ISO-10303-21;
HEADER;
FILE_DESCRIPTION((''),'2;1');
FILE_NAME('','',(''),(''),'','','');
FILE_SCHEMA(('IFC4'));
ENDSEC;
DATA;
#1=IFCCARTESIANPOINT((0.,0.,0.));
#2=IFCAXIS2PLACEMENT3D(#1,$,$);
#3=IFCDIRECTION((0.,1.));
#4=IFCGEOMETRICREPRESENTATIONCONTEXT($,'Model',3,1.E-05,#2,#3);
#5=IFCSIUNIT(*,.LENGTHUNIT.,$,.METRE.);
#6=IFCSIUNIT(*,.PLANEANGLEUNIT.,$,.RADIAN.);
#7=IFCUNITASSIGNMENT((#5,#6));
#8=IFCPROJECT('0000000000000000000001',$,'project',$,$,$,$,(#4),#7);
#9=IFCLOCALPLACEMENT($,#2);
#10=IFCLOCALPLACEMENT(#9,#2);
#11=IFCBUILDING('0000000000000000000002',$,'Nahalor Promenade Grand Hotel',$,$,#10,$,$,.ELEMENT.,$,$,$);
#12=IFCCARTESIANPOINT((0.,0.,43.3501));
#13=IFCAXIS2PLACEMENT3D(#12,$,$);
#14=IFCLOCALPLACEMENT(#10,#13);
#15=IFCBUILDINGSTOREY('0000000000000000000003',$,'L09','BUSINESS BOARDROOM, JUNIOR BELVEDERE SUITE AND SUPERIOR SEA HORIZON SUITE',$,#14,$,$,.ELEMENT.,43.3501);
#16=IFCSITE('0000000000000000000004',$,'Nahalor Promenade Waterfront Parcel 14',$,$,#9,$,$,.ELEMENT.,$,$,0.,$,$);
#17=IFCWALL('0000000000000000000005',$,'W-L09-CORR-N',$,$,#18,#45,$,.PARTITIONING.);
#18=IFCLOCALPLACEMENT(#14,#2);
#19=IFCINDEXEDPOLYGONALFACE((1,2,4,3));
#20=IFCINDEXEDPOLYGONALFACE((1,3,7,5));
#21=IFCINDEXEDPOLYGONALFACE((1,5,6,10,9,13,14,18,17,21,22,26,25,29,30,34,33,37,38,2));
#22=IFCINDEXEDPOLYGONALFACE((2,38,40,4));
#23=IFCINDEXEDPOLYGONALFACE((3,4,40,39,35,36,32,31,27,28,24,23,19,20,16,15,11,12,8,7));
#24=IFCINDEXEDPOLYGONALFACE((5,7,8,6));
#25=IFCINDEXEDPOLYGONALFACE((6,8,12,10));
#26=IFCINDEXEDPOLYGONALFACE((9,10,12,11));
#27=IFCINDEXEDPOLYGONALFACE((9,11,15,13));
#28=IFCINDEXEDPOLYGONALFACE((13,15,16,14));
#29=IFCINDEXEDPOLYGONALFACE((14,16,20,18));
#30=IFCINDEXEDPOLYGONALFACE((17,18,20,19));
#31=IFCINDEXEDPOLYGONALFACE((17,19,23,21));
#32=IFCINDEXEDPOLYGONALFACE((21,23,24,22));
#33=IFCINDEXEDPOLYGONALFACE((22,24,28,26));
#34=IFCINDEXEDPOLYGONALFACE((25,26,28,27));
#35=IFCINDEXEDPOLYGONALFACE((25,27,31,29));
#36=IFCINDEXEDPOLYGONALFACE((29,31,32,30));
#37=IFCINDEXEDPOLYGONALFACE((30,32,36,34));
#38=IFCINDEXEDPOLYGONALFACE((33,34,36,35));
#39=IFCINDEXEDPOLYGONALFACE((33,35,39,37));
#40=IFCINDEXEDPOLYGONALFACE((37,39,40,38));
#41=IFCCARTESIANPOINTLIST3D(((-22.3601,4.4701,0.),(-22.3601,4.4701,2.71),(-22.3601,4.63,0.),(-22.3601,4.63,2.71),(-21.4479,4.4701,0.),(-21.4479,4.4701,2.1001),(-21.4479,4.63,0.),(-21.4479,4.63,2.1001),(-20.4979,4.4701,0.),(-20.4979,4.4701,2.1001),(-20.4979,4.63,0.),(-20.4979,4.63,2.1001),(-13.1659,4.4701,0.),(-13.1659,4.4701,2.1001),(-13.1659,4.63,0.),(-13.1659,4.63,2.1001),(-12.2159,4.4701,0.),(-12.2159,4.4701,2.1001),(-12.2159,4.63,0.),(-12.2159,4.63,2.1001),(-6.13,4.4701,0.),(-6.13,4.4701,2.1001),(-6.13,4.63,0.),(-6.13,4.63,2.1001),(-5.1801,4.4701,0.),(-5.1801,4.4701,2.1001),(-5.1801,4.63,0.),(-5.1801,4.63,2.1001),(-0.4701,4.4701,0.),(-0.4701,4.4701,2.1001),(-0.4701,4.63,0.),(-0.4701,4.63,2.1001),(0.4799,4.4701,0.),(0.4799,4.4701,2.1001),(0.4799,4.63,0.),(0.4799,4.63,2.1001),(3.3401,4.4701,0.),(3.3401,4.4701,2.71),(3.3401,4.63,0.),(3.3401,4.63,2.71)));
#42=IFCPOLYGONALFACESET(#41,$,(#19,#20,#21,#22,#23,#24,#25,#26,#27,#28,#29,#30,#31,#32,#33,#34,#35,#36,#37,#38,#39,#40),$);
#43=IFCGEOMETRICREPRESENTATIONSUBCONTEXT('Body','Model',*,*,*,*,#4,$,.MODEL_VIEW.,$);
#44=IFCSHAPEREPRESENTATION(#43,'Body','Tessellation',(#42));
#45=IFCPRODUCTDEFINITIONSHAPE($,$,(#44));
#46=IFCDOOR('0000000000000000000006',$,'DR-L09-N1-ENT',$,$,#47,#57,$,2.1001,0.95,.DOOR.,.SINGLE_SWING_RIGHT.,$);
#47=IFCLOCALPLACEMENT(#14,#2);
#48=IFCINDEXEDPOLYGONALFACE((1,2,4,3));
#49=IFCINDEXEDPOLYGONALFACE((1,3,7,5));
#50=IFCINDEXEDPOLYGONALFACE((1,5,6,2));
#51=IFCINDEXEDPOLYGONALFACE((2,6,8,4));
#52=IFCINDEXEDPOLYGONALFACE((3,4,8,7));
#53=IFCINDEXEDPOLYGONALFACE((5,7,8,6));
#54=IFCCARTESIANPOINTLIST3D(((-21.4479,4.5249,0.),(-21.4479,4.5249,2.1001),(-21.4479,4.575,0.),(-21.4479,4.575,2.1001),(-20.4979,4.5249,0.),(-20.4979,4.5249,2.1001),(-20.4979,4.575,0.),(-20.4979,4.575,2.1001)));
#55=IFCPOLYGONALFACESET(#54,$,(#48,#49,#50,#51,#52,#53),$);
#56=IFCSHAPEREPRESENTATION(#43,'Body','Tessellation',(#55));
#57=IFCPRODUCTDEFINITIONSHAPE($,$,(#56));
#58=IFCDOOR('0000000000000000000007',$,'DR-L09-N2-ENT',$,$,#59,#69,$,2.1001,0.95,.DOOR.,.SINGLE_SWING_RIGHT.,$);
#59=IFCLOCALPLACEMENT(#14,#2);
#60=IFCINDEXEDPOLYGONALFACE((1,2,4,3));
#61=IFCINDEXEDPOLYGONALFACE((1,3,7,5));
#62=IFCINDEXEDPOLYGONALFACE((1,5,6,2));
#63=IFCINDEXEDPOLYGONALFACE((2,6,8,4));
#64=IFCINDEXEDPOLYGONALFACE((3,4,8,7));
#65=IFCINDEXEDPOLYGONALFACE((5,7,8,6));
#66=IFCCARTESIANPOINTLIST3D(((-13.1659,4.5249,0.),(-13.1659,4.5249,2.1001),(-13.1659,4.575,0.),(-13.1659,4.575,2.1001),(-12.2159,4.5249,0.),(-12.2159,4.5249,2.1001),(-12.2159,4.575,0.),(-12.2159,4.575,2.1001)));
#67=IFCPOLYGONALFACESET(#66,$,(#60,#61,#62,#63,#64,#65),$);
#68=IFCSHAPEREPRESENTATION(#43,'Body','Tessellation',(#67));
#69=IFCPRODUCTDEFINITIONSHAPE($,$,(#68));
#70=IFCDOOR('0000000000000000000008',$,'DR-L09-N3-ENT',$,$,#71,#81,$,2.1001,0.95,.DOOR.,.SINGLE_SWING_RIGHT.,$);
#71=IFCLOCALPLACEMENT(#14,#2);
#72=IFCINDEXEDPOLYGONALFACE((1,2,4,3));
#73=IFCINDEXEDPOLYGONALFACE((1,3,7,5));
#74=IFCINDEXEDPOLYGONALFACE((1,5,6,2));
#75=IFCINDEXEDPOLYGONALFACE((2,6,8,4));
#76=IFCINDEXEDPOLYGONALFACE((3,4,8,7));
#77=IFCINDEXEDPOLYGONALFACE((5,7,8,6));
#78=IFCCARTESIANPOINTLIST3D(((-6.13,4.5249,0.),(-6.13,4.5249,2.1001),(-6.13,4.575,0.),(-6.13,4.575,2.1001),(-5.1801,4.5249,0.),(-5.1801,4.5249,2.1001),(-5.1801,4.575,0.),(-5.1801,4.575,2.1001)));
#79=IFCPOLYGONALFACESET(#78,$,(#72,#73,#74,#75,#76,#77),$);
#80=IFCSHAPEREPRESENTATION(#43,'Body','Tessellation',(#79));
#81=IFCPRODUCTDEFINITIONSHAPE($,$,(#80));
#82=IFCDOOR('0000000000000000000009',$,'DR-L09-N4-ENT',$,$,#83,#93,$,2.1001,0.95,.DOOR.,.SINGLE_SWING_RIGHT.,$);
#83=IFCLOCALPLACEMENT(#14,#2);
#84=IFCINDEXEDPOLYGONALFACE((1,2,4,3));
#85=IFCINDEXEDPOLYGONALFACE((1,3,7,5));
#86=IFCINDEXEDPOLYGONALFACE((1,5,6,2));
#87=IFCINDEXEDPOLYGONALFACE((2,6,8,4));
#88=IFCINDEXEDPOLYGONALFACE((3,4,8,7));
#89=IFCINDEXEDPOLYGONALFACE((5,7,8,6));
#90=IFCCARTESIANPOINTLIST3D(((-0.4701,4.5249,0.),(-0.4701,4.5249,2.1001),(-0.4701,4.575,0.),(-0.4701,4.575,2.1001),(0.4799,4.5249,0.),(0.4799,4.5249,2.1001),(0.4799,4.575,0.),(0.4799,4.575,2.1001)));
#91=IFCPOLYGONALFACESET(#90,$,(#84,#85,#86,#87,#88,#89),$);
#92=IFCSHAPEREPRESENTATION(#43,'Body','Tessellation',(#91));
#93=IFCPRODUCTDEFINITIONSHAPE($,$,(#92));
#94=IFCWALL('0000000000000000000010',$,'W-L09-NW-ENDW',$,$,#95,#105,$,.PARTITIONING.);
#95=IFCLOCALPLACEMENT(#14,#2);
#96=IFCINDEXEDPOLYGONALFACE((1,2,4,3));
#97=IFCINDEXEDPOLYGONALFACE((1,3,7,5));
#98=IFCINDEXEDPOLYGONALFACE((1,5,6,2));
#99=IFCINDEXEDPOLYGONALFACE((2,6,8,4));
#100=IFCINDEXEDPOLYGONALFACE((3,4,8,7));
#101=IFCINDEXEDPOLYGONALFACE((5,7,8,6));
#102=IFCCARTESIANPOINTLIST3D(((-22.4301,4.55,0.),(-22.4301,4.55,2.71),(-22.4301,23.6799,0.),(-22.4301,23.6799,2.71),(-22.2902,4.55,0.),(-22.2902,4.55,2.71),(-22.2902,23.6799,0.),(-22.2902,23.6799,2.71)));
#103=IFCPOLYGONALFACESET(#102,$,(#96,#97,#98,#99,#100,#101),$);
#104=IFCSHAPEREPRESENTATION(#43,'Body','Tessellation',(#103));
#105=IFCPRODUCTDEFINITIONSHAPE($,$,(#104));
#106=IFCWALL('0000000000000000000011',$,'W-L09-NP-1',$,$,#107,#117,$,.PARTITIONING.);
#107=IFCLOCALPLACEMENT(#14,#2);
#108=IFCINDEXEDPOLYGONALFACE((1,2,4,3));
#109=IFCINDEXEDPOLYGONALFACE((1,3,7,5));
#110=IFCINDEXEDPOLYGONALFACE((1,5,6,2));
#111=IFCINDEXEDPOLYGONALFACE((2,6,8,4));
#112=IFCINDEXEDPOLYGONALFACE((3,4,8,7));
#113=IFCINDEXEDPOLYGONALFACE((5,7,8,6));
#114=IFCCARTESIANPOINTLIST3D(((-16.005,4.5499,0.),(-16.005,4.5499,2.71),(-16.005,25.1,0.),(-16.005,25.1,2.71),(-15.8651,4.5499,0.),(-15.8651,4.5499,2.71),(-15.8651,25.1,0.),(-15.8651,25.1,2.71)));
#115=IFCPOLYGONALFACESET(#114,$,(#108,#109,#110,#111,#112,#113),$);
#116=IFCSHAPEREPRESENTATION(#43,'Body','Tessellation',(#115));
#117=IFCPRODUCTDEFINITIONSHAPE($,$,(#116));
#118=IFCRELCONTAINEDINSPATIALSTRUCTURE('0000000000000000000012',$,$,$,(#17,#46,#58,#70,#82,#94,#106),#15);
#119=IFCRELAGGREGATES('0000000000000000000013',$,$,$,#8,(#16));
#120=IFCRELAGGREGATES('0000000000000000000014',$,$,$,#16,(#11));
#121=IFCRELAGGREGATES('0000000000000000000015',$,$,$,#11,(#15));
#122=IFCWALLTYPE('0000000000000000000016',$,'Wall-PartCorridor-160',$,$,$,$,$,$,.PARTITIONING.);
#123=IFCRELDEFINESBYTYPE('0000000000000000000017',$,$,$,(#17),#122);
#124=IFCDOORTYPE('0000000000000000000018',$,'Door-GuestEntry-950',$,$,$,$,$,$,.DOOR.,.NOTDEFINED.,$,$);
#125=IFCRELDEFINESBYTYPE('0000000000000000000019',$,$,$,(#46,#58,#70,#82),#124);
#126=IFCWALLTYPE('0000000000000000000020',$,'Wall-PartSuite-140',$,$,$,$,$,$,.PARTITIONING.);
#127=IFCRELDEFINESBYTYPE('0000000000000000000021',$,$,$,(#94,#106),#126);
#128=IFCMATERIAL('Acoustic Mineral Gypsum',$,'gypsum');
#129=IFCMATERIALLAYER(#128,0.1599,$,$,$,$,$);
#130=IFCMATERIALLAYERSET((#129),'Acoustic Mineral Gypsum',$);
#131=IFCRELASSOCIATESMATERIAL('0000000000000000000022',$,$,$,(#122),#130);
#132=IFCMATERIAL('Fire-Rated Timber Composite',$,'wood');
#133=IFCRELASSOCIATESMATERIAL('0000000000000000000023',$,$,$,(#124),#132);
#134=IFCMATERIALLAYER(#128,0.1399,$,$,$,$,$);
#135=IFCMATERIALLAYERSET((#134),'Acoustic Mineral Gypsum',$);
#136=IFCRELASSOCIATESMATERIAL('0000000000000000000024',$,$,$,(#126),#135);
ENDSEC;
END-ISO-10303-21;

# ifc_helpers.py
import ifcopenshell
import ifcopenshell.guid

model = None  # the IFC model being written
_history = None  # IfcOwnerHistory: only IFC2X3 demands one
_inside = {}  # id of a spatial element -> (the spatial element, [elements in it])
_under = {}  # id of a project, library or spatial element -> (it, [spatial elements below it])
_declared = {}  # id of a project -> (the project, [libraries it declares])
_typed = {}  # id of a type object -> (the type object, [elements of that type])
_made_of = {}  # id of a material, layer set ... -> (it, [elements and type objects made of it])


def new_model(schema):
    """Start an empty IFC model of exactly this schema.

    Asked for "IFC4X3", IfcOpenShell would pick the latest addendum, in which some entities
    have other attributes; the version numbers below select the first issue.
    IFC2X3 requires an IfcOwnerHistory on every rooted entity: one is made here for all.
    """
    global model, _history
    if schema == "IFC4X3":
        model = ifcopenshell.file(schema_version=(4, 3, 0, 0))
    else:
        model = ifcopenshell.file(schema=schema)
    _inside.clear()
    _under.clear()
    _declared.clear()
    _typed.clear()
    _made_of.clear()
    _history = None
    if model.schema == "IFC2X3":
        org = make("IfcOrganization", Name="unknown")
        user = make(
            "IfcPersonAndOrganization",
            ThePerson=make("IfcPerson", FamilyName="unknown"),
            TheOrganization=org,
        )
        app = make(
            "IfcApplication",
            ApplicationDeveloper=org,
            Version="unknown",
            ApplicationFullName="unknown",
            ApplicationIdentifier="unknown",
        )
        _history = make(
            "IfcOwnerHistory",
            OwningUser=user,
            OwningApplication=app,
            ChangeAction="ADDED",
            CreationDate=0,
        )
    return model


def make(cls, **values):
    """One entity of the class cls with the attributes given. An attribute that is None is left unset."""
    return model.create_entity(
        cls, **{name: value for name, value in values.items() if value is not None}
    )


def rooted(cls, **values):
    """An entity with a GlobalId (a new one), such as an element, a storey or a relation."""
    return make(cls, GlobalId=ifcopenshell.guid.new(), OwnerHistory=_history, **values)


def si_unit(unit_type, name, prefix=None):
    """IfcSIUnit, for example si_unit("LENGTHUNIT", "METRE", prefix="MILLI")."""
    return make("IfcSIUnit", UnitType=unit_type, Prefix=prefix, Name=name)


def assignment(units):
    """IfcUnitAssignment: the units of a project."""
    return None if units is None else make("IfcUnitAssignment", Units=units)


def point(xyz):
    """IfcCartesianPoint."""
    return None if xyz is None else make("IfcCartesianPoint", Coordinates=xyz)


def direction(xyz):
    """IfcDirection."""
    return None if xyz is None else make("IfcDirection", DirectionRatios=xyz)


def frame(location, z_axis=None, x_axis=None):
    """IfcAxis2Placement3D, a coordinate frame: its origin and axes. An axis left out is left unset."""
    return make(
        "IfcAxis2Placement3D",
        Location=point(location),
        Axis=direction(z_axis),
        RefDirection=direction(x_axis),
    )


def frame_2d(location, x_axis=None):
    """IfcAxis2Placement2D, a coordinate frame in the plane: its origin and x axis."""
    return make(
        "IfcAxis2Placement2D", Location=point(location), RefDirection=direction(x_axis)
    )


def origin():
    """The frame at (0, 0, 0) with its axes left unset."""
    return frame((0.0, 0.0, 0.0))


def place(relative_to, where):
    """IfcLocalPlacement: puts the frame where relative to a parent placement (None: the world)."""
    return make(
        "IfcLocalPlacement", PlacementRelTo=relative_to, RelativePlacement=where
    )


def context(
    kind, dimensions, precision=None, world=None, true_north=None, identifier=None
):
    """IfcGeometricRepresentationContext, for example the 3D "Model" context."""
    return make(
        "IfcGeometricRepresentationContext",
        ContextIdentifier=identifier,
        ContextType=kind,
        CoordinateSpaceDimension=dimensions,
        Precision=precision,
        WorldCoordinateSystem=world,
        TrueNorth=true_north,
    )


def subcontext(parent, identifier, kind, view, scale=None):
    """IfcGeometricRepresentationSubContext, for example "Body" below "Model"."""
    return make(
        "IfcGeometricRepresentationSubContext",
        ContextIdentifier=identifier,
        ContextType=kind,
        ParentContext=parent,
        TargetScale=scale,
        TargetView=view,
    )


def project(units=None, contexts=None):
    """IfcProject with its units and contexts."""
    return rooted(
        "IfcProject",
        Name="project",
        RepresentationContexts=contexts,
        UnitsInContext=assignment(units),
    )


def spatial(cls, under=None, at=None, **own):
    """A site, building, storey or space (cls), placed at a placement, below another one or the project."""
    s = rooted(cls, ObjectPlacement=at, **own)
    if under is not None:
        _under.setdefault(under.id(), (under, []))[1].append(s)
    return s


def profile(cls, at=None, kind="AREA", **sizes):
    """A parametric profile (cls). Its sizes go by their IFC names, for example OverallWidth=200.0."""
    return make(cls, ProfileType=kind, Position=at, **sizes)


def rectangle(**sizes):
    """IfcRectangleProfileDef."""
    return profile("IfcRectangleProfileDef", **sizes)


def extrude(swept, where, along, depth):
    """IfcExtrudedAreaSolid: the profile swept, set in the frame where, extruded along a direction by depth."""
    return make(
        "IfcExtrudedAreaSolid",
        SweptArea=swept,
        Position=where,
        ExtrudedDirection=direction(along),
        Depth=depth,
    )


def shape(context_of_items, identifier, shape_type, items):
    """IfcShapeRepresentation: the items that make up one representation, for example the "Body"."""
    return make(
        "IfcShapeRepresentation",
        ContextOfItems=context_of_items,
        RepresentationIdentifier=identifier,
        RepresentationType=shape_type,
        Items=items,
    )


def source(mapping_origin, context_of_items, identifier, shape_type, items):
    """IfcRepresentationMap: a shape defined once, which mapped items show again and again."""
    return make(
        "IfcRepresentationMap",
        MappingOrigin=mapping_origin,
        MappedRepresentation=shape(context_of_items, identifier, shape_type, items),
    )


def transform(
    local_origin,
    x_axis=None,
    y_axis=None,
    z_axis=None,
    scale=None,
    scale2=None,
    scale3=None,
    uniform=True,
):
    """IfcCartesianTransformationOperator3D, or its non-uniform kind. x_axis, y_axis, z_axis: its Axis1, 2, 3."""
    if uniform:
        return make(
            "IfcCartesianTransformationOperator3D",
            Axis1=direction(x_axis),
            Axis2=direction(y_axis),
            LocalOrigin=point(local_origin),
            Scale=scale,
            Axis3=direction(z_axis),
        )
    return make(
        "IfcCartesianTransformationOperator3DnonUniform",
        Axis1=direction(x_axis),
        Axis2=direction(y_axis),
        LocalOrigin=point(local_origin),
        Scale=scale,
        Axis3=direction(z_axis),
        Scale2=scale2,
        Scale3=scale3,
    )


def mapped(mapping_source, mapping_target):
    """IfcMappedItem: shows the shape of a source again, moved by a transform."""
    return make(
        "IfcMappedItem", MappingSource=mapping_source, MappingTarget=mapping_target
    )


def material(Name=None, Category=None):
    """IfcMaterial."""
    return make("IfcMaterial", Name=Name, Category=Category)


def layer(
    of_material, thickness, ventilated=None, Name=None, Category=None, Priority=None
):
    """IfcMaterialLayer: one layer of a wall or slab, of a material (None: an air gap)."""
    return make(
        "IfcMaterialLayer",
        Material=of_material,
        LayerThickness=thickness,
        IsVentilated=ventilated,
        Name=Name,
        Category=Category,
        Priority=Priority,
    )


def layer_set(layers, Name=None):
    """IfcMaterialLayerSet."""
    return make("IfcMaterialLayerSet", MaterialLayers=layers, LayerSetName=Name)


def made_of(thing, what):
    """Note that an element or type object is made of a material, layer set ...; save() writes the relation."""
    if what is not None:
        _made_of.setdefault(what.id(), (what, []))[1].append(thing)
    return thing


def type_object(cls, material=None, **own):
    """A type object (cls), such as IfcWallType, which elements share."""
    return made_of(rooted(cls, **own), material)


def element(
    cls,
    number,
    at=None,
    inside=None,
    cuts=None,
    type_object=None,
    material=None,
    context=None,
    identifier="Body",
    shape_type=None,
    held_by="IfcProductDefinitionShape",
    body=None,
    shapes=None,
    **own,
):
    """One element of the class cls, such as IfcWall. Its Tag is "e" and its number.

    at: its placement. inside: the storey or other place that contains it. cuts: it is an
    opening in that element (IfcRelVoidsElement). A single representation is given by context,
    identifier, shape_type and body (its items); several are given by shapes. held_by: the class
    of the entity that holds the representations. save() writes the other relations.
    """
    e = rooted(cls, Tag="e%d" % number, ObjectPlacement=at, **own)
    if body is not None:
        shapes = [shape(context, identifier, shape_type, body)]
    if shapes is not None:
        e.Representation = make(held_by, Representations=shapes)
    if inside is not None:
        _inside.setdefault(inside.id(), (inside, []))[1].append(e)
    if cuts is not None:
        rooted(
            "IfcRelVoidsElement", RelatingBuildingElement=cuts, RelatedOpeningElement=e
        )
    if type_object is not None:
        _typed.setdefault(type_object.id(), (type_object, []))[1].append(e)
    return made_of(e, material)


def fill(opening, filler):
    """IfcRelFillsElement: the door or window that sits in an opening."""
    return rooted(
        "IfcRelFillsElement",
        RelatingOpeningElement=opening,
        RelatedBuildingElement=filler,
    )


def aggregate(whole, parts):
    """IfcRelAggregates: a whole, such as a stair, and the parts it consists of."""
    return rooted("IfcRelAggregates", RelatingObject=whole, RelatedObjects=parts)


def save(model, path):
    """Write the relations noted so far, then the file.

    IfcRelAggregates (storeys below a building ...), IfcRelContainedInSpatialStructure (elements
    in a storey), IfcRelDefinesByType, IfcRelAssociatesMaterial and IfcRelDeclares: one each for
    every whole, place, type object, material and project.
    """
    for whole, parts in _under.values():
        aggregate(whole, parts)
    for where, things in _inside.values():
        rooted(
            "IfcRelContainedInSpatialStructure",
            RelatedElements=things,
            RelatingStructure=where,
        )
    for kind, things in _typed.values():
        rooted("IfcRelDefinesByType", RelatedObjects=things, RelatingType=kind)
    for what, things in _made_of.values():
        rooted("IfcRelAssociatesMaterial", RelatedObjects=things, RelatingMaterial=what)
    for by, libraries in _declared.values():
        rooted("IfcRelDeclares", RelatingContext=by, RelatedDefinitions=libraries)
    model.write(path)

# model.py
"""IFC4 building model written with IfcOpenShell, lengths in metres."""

from ifc_helpers import new_model, si_unit, direction, frame, frame_2d, origin, place, context, subcontext, project, spatial, rectangle, extrude, source, transform, mapped, material, layer, layer_set, type_object, element, fill, save


model = new_model("IFC4")

# Units and contexts
model_context = context("Model", 3, precision=1e-05, world=origin(), true_north=direction((0.0, 1.0)))
body_context = subcontext(model_context, "Body", "Model", "MODEL_VIEW")
ifc_project = project(units=[si_unit("LENGTHUNIT", "METRE"), si_unit("PLANEANGLEUNIT", "RADIAN")], contexts=[model_context])

# Site, building, storey
site_placement = place(None, origin())
site = spatial("IfcSite", under=ifc_project, at=site_placement, Name="Nahalor Promenade Waterfront Parcel 14", CompositionType="ELEMENT", RefElevation=0.0)
building_placement = place(site_placement, origin())
building = spatial("IfcBuilding", under=site, at=building_placement, Name="Nahalor Promenade Grand Hotel", CompositionType="ELEMENT")
storey_placement = place(building_placement, frame((0.0, 0.0, 43.3501)))
storey = spatial("IfcBuildingStorey", under=building, at=storey_placement, Name="L09", Description="BUSINESS BOARDROOM, JUNIOR BELVEDERE SUITE AND SUPERIOR SEA HORIZON SUITE", CompositionType="ELEMENT", Elevation=43.3501)

# Wall, openings, doors
ifc_material_1 = material(Name="Acoustic Mineral Gypsum", Category="gypsum")
ifc_layer_1 = layer(ifc_material_1, 0.1599)
ifc_layer_set_1 = layer_set([ifc_layer_1], Name="Acoustic Mineral Gypsum")
wall_type_1 = type_object("IfcWallType", Name="Wall-PartCorridor-160", PredefinedType="PARTITIONING", material=ifc_layer_set_1)
shared_shape_1 = source(origin(), body_context, "Body", "SweptSolid", [
    extrude(rectangle(XDim=25.7002, YDim=0.1599, at=frame_2d((12.8501, 0.0))), origin(), (0.0, 0.0, 1.0), 2.71),
])
wall_1_placement = place(storey_placement, frame((-22.3601, 4.55, 0.0), z_axis=(0.0, 0.0, 1.0), x_axis=(1.0, 0.0, 0.0)))
wall_1 = element("IfcWall", 1, at=wall_1_placement, inside=storey, type_object=wall_type_1, Name="W-L09-CORR-N", PredefinedType="PARTITIONING", context=body_context, shape_type="MappedRepresentation", body=[
    mapped(shared_shape_1, transform((0.0, 0.0, 0.0), scale=1.0)),
])
opening_1_placement = place(wall_1_placement, frame((0.9121, 0.0, 0.0)))
opening_1 = element("IfcOpeningElement", 2, at=opening_1_placement, cuts=wall_1, PredefinedType="OPENING", context=body_context, shape_type="SweptSolid", body=[
    extrude(rectangle(XDim=0.95, YDim=2.1001, at=frame_2d((0.4751, 1.05))), frame((0.0, 0.0898, 0.0), z_axis=(0.0, -1.0, 0.0), x_axis=(1.0, 0.0, 0.0)), (0.0, 0.0, 1.0), 0.1799),
])
opening_2_placement = place(wall_1_placement, frame((9.1941, 0.0, 0.0)))
opening_2 = element("IfcOpeningElement", 3, at=opening_2_placement, cuts=wall_1, PredefinedType="OPENING", context=body_context, shape_type="SweptSolid", body=[
    extrude(rectangle(XDim=0.95, YDim=2.1001, at=frame_2d((0.4751, 1.05))), frame((0.0, 0.0898, 0.0), z_axis=(0.0, -1.0, 0.0), x_axis=(1.0, 0.0, 0.0)), (0.0, 0.0, 1.0), 0.1799),
])
opening_3_placement = place(wall_1_placement, frame((16.23, 0.0, 0.0)))
opening_3 = element("IfcOpeningElement", 4, at=opening_3_placement, cuts=wall_1, PredefinedType="OPENING", context=body_context, shape_type="SweptSolid", body=[
    extrude(rectangle(XDim=0.95, YDim=2.1001, at=frame_2d((0.4751, 1.05))), frame((0.0, 0.0898, 0.0), z_axis=(0.0, -1.0, 0.0), x_axis=(1.0, 0.0, 0.0)), (0.0, 0.0, 1.0), 0.1799),
])
opening_4_placement = place(wall_1_placement, frame((21.8899, 0.0, 0.0)))
opening_4 = element("IfcOpeningElement", 5, at=opening_4_placement, cuts=wall_1, PredefinedType="OPENING", context=body_context, shape_type="SweptSolid", body=[
    extrude(rectangle(XDim=0.95, YDim=2.1001, at=frame_2d((0.4751, 1.05))), frame((0.0, 0.0898, 0.0), z_axis=(0.0, -1.0, 0.0), x_axis=(1.0, 0.0, 0.0)), (0.0, 0.0, 1.0), 0.1799),
])
ifc_material_2 = material(Name="Fire-Rated Timber Composite", Category="wood")
door_type = type_object("IfcDoorType", Name="Door-GuestEntry-950", OperationType="NOTDEFINED", PredefinedType="DOOR", material=ifc_material_2)
shared_shape_2 = source(origin(), body_context, "Body", "SweptSolid", [
    extrude(rectangle(XDim=0.95, YDim=2.1001, at=frame_2d((0.4751, 1.05))), frame((0.0, 0.0249, 0.0), z_axis=(0.0, -1.0, 0.0), x_axis=(1.0, 0.0, 0.0)), (0.0, 0.0, 1.0), 0.05),
])
door_1_placement = place(opening_1_placement, origin())
door_1 = element("IfcDoor", 6, at=door_1_placement, inside=storey, type_object=door_type, Name="DR-L09-N1-ENT", OperationType="SINGLE_SWING_RIGHT", OverallHeight=2.1001, OverallWidth=0.95, PredefinedType="DOOR", context=body_context, shape_type="MappedRepresentation", body=[
    mapped(shared_shape_2, transform((0.0, 0.0, 0.0), scale=1.0)),
])
fill(opening_1, door_1)
door_2_placement = place(opening_2_placement, origin())
door_2 = element("IfcDoor", 7, at=door_2_placement, inside=storey, type_object=door_type, Name="DR-L09-N2-ENT", OperationType="SINGLE_SWING_RIGHT", OverallHeight=2.1001, OverallWidth=0.95, PredefinedType="DOOR", context=body_context, shape_type="MappedRepresentation", body=[
    mapped(shared_shape_2, transform((0.0, 0.0, 0.0), scale=1.0)),
])
fill(opening_2, door_2)
door_3_placement = place(opening_3_placement, origin())
door_3 = element("IfcDoor", 8, at=door_3_placement, inside=storey, type_object=door_type, Name="DR-L09-N3-ENT", OperationType="SINGLE_SWING_RIGHT", OverallHeight=2.1001, OverallWidth=0.95, PredefinedType="DOOR", context=body_context, shape_type="MappedRepresentation", body=[
    mapped(shared_shape_2, transform((0.0, 0.0, 0.0), scale=1.0)),
])
fill(opening_3, door_3)
door_4_placement = place(opening_4_placement, origin())
door_4 = element("IfcDoor", 9, at=door_4_placement, inside=storey, type_object=door_type, Name="DR-L09-N4-ENT", OperationType="SINGLE_SWING_RIGHT", OverallHeight=2.1001, OverallWidth=0.95, PredefinedType="DOOR", context=body_context, shape_type="MappedRepresentation", body=[
    mapped(shared_shape_2, transform((0.0, 0.0, 0.0), scale=1.0)),
])
fill(opening_4, door_4)

# Walls
ifc_layer_2 = layer(ifc_material_1, 0.1399)
ifc_layer_set_2 = layer_set([ifc_layer_2], Name="Acoustic Mineral Gypsum")
wall_type_2 = type_object("IfcWallType", Name="Wall-PartSuite-140", PredefinedType="PARTITIONING", material=ifc_layer_set_2)
shared_shape_3 = source(origin(), body_context, "Body", "SweptSolid", [
    extrude(rectangle(XDim=19.1299, YDim=0.1399, at=frame_2d((9.5649, 0.0))), origin(), (0.0, 0.0, 1.0), 2.71),
])
wall_2_placement = place(storey_placement, frame((-22.3601, 4.55, 0.0), z_axis=(0.0, 0.0, 1.0), x_axis=(0.0, 1.0, 0.0)))
element("IfcWall", 10, at=wall_2_placement, inside=storey, type_object=wall_type_2, Name="W-L09-NW-ENDW", PredefinedType="PARTITIONING", context=body_context, shape_type="MappedRepresentation", body=[
    mapped(shared_shape_3, transform((0.0, 0.0, 0.0), scale=1.0)),
])
shared_shape_4 = source(origin(), body_context, "Body", "SweptSolid", [
    extrude(rectangle(XDim=20.55, YDim=0.1399, at=frame_2d((10.2749, 0.0))), origin(), (0.0, 0.0, 1.0), 2.71),
])
wall_3_placement = place(storey_placement, frame((-15.9351, 4.55, 0.0), z_axis=(0.0, 0.0, 1.0), x_axis=(0.0, 1.0, 0.0)))
element("IfcWall", 11, at=wall_3_placement, inside=storey, type_object=wall_type_2, Name="W-L09-NP-1", PredefinedType="PARTITIONING", context=body_context, shape_type="MappedRepresentation", body=[
    mapped(shared_shape_4, transform((0.0, 0.0, 0.0), scale=1.0)),
])

save(model, "model.ifc")
